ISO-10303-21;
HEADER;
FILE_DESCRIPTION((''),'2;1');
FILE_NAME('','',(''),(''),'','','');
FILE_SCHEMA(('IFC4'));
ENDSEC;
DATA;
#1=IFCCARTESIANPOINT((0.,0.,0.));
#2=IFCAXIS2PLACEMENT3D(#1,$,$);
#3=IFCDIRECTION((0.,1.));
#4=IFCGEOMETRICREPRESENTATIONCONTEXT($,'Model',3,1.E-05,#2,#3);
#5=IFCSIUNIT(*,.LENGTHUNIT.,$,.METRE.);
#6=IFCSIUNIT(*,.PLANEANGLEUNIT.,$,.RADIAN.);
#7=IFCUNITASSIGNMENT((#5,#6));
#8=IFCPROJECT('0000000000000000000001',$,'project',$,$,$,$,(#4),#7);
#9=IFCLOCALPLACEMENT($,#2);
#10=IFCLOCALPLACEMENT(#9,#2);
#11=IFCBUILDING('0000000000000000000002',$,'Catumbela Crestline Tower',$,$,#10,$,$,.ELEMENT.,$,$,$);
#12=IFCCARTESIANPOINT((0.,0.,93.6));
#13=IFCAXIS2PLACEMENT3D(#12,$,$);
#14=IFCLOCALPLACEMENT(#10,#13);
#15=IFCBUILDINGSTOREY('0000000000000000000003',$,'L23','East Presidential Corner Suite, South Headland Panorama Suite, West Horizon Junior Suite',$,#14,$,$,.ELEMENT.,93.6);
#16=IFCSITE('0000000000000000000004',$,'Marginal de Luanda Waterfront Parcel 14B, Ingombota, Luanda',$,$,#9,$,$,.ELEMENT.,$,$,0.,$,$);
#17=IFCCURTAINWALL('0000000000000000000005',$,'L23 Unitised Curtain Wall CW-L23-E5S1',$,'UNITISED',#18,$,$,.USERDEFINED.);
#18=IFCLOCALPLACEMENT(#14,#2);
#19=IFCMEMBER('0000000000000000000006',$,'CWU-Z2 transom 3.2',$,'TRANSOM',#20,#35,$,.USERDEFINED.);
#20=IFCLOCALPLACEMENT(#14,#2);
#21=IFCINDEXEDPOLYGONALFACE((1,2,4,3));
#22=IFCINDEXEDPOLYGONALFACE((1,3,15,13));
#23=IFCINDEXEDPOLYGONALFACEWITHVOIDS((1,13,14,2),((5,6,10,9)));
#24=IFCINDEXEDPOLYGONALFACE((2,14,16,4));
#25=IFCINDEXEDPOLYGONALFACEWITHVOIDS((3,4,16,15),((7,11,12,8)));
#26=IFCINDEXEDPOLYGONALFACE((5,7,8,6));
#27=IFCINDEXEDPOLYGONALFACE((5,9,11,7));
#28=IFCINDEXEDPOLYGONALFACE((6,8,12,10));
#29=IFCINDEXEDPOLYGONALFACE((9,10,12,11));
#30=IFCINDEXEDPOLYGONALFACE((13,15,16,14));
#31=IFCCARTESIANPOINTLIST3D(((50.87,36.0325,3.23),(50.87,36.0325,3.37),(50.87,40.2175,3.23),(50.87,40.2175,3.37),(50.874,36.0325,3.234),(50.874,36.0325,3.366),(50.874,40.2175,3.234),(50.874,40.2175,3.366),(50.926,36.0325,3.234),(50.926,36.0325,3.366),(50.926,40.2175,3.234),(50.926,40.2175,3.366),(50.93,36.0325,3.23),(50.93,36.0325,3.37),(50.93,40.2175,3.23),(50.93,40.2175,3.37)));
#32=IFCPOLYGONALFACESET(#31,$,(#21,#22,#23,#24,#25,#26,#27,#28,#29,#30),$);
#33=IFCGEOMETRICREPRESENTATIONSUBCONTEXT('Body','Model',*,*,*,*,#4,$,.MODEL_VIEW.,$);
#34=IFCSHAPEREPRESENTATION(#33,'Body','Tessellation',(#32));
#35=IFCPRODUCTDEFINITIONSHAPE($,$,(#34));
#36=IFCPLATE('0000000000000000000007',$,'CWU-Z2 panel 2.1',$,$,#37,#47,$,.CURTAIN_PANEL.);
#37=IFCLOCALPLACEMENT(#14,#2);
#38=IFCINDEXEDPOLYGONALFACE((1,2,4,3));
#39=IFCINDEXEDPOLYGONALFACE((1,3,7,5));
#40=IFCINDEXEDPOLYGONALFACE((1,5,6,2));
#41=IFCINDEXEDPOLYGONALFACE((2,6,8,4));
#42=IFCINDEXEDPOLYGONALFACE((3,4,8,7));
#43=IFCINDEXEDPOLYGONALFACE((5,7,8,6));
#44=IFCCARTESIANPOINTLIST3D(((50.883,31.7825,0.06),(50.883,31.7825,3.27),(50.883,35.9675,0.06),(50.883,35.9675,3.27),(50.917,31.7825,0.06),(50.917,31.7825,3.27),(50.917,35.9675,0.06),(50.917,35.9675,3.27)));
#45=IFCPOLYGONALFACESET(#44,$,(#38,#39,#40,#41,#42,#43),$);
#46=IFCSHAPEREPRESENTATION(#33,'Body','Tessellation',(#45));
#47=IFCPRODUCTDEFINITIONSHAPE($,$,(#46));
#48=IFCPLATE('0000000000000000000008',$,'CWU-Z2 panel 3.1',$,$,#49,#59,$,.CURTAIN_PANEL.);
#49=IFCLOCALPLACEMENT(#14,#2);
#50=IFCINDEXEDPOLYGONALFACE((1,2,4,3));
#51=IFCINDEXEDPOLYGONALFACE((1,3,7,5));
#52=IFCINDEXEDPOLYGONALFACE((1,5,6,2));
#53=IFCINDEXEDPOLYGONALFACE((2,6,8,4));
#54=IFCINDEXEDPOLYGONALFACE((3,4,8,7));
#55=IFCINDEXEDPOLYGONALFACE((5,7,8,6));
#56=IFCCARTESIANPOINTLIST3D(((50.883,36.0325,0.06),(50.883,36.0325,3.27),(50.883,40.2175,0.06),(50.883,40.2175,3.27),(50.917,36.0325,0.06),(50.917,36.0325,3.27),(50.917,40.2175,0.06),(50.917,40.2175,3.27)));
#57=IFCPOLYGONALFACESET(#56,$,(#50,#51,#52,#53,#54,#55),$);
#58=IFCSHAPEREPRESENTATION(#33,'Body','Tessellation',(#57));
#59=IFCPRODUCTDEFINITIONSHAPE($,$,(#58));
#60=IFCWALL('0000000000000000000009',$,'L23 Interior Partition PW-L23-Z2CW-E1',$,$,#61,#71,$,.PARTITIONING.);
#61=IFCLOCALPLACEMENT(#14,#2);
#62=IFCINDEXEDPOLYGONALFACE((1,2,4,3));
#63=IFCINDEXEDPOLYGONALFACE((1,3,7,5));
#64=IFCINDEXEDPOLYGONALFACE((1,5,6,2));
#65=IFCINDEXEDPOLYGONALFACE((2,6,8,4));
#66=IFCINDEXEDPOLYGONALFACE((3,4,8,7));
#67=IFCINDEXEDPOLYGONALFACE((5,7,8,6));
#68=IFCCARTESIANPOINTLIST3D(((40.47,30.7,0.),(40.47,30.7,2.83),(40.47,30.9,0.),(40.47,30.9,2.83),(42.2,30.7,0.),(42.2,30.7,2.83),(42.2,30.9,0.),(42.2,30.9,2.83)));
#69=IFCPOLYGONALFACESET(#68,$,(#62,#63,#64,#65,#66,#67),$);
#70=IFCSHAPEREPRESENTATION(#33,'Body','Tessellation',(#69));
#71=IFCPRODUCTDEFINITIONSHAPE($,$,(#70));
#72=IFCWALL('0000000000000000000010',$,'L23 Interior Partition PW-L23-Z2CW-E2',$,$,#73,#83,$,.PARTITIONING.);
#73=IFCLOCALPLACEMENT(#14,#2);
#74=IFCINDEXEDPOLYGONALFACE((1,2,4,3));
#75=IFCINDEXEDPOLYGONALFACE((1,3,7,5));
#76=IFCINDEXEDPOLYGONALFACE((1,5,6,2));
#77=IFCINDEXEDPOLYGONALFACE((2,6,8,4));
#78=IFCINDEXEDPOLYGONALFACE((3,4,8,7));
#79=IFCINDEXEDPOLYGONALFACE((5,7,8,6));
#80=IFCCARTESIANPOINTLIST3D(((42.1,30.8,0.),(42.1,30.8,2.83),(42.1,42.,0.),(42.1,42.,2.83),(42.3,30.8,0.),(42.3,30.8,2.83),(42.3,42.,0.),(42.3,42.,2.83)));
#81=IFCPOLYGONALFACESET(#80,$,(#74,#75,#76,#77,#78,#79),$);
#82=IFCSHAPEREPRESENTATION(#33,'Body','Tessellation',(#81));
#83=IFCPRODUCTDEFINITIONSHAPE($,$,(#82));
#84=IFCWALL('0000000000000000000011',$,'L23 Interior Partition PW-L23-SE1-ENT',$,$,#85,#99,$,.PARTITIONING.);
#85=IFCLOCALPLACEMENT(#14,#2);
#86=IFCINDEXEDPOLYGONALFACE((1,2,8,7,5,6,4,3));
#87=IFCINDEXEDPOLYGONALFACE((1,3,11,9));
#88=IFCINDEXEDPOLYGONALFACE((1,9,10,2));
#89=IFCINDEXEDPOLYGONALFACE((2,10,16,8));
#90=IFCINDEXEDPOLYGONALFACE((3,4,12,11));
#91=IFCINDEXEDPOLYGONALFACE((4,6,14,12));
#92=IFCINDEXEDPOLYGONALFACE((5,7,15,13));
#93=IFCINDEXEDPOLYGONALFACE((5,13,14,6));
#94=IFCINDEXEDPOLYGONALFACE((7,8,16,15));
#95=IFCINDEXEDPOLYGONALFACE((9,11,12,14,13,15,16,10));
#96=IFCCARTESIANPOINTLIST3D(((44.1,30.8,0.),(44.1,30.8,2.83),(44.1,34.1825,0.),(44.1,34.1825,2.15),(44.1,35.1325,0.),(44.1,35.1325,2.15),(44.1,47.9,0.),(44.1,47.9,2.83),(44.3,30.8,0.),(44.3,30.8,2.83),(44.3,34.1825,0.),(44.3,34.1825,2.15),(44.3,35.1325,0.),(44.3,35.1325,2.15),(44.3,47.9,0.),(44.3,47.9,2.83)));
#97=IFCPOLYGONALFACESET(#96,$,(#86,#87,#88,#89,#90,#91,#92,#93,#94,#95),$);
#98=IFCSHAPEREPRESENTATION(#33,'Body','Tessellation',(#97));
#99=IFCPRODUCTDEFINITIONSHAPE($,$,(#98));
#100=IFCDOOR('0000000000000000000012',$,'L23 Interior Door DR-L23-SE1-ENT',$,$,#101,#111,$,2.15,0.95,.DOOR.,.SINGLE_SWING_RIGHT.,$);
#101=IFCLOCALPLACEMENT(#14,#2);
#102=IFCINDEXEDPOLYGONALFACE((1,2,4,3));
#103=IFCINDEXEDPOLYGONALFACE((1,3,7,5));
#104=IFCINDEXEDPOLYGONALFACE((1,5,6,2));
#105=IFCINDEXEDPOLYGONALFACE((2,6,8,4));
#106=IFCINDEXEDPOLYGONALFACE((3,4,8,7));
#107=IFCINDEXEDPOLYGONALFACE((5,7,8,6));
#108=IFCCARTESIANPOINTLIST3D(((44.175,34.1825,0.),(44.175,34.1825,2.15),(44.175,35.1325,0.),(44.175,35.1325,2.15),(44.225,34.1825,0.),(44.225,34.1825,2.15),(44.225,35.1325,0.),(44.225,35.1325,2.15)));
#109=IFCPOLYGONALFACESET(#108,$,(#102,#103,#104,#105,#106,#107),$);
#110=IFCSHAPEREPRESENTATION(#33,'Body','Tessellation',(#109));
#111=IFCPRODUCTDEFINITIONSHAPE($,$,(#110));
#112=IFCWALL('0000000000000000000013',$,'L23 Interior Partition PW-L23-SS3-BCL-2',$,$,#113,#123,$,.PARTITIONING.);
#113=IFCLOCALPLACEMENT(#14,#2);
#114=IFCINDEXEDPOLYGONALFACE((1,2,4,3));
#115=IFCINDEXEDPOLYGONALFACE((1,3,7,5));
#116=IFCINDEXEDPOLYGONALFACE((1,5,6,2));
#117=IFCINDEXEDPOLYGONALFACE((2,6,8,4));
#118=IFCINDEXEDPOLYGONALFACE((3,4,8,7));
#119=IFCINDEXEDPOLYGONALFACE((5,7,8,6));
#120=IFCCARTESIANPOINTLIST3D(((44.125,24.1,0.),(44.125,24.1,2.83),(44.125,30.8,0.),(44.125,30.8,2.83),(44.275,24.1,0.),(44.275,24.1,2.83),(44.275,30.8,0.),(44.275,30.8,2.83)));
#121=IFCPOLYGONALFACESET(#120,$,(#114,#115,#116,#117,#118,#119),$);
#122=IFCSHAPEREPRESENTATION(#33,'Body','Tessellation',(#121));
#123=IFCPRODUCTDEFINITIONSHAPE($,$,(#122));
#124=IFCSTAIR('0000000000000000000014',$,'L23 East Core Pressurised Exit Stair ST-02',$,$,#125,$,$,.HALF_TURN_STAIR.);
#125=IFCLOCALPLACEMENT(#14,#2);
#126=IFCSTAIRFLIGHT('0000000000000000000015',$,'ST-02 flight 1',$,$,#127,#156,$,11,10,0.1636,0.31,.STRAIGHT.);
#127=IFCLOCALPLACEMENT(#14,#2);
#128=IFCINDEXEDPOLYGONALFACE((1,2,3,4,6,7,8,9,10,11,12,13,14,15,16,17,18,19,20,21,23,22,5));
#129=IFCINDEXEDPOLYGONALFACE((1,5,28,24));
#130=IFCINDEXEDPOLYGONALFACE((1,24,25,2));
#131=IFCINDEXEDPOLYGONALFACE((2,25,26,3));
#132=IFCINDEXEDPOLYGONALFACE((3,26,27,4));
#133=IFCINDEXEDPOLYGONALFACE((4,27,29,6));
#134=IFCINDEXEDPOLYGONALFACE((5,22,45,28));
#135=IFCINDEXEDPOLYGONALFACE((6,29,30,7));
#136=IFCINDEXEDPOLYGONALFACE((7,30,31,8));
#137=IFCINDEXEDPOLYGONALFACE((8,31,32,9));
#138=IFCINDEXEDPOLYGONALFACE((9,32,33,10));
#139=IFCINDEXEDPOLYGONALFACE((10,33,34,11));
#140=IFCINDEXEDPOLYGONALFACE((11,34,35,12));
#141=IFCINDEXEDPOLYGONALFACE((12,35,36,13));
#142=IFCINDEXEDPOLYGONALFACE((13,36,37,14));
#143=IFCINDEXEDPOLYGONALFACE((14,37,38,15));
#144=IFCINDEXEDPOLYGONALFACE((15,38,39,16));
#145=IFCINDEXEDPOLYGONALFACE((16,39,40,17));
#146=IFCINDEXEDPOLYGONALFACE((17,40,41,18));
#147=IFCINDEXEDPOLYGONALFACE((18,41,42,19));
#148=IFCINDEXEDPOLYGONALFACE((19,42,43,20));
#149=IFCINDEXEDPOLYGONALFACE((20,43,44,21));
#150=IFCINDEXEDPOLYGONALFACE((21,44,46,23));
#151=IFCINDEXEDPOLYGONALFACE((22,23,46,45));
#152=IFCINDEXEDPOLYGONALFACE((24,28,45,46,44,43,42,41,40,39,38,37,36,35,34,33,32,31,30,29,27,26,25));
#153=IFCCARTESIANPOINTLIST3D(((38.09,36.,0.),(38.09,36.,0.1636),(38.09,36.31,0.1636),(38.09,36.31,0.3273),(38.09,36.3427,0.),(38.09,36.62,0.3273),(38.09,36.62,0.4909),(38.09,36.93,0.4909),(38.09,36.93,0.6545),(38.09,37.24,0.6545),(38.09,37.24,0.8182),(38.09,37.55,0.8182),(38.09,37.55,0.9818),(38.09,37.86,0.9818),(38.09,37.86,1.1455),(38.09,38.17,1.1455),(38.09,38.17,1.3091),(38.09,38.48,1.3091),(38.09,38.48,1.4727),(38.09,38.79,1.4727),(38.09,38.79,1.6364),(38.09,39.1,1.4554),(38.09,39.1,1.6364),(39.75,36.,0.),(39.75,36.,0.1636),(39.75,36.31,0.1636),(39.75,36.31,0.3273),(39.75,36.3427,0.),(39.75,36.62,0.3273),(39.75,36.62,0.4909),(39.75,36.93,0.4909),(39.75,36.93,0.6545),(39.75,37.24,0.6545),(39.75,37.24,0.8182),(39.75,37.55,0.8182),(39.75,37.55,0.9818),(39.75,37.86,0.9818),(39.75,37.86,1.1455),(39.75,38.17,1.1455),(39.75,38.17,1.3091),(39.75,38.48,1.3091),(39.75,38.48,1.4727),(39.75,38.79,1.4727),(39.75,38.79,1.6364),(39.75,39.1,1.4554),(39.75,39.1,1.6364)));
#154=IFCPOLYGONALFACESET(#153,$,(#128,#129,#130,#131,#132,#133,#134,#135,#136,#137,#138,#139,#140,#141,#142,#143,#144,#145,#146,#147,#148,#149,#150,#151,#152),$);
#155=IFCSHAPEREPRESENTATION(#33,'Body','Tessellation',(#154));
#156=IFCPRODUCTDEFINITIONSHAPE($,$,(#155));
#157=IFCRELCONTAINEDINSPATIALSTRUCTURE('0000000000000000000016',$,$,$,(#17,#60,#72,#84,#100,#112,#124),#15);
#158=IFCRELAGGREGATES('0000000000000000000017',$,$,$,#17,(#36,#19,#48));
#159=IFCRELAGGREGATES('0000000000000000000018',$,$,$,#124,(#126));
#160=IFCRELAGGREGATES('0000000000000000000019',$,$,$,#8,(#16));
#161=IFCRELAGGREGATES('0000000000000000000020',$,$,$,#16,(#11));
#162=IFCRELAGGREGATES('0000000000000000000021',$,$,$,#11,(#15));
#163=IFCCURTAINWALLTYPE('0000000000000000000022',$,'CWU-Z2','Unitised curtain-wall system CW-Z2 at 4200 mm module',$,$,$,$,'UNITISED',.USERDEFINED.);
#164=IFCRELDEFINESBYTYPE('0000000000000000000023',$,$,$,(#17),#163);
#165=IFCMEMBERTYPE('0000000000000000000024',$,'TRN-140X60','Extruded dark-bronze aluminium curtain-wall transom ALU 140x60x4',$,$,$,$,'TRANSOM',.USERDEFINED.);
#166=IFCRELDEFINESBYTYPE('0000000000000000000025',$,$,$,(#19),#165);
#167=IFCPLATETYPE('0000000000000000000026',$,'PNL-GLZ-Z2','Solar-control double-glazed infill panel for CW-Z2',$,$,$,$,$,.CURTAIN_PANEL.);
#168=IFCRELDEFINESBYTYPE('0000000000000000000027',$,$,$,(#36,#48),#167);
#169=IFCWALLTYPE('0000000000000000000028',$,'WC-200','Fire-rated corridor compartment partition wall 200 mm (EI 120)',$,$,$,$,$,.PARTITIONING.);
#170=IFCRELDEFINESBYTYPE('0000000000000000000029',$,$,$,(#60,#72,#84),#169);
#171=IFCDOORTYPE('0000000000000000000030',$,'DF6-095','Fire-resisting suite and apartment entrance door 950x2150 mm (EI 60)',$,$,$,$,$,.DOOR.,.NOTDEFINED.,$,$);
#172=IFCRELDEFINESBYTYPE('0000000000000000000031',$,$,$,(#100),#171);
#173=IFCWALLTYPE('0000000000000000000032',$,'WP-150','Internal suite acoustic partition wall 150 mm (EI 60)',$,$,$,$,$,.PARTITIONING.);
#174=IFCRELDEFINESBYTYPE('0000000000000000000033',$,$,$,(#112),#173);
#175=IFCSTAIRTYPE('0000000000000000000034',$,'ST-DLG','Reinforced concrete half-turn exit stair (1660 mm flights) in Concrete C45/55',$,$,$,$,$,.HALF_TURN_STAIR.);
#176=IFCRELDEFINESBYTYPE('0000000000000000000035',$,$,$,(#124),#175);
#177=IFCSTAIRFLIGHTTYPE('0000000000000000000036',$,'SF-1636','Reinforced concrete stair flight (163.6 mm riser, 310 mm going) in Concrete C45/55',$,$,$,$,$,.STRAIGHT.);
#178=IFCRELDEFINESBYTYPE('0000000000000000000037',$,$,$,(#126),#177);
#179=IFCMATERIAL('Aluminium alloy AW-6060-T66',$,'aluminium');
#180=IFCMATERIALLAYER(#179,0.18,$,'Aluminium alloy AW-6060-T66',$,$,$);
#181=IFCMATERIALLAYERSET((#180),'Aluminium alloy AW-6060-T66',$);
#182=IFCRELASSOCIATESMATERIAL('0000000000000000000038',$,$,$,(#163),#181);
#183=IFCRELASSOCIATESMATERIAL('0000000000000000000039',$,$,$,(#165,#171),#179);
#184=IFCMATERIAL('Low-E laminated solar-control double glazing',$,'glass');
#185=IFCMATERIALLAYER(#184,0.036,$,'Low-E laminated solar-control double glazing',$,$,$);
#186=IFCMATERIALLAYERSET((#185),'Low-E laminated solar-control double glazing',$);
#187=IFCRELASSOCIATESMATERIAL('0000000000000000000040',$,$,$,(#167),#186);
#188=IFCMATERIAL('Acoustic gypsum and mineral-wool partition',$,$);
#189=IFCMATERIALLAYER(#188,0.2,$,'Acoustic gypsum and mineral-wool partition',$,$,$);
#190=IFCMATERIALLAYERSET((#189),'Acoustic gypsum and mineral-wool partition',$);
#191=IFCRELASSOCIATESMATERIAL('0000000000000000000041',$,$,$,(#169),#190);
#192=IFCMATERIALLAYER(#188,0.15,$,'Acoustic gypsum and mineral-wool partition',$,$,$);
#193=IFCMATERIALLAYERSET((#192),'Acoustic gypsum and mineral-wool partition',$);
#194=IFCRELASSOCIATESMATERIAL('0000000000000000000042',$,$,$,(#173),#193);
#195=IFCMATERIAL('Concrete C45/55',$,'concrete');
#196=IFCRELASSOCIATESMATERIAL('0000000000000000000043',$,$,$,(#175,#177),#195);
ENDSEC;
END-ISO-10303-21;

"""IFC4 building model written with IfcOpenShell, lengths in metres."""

from ifc_helpers import new_model, si_unit, direction, frame, frame_2d, origin, origin_2d, place, context, subcontext, project, spatial, polyline, rectangle, hollow_rectangle, outline, extrude, material, layer, layer_set, material_profile, profile_set, type_object, element, fill, aggregate, save


model = new_model("IFC4")

# Units and contexts
model_context = context("Model", 3, precision=1e-05, world=origin(), true_north=direction((0.0, 1.0)))
body_context = subcontext(model_context, "Body", "Model", "MODEL_VIEW")
ifc_project = project(units=[si_unit("LENGTHUNIT", "METRE"), si_unit("PLANEANGLEUNIT", "RADIAN")], contexts=[model_context])

# Site, building, storey
site_placement = place(None, origin())
site = spatial("IfcSite", under=ifc_project, at=site_placement, Name="Marginal de Luanda Waterfront Parcel 14B, Ingombota, Luanda", CompositionType="ELEMENT", RefElevation=0.0)
building_placement = place(site_placement, origin())
building = spatial("IfcBuilding", under=site, at=building_placement, Name="Catumbela Crestline Tower", CompositionType="ELEMENT")
storey_placement = place(building_placement, frame((0.0, 0.0, 93.6)))
storey = spatial("IfcBuildingStorey", under=building, at=storey_placement, Name="L23", Description="East Presidential Corner Suite, South Headland Panorama Suite, West Horizon Junior Suite", CompositionType="ELEMENT", Elevation=93.6)

# Curtain wall
ifc_material_1 = material(Name="Aluminium alloy AW-6060-T66", Category="aluminium")
ifc_layer_1 = layer(ifc_material_1, 0.18, Name="Aluminium alloy AW-6060-T66")
ifc_layer_set_1 = layer_set([ifc_layer_1], Name="Aluminium alloy AW-6060-T66")
curtain_wall_type = type_object("IfcCurtainWallType", Name="CWU-Z2", Description="Unitised curtain-wall system CW-Z2 at 4200 mm module", ElementType="UNITISED", PredefinedType="USERDEFINED", material=ifc_layer_set_1)
curtain_wall_placement = place(storey_placement, origin())
curtain_wall = element("IfcCurtainWall", 1, at=curtain_wall_placement, inside=storey, type_object=curtain_wall_type, Name="L23 Unitised Curtain Wall CW-L23-E5S1", ObjectType="UNITISED", PredefinedType="USERDEFINED")

# Member
ifc_material_profile_1 = material_profile(ifc_material_1, hollow_rectangle(XDim=0.06, YDim=0.14, WallThickness=0.004, at=origin_2d()), Name="ALU 140x60x4")
ifc_profile_set_1 = profile_set([ifc_material_profile_1], Name="Aluminium alloy AW-6060-T66")
member_type_1 = type_object("IfcMemberType", Name="TRN-140X60", Description="Extruded dark-bronze aluminium curtain-wall transom ALU 140x60x4", ElementType="TRANSOM", PredefinedType="USERDEFINED", material=ifc_profile_set_1)
member_1_placement = place(storey_placement, frame((50.9, 36.0325, 3.3), z_axis=(0.0, 1.0, 0.0), x_axis=(-1.0, 0.0, 0.0)))
member_1 = element("IfcMember", 2, at=member_1_placement, type_object=member_type_1, Name="CWU-Z2 transom 3.2", ObjectType="TRANSOM", PredefinedType="USERDEFINED", context=body_context, shape_type="SweptSolid", body=[
    extrude(hollow_rectangle(XDim=0.06, YDim=0.14, WallThickness=0.004, at=origin_2d()), origin(), (0.0, 0.0, 1.0), 4.185),
])

# Plates
ifc_material_2 = material(Name="Low-E laminated solar-control double glazing", Category="glass")
ifc_layer_2 = layer(ifc_material_2, 0.036, Name="Low-E laminated solar-control double glazing")
ifc_layer_set_2 = layer_set([ifc_layer_2], Name="Low-E laminated solar-control double glazing")
plate_type = type_object("IfcPlateType", Name="PNL-GLZ-Z2", Description="Solar-control double-glazed infill panel for CW-Z2", PredefinedType="CURTAIN_PANEL", material=ifc_layer_set_2)
plate_1_placement = place(storey_placement, frame((50.9, 33.875, 0.06), z_axis=(0.0, 0.0, 1.0), x_axis=(0.0, 1.0, 0.0)))
plate_1 = element("IfcPlate", 3, at=plate_1_placement, type_object=plate_type, Name="CWU-Z2 panel 2.1", PredefinedType="CURTAIN_PANEL", context=body_context, shape_type="SweptSolid", body=[
    extrude(rectangle(XDim=4.185, YDim=0.034, at=origin_2d()), origin(), (0.0, 0.0, 1.0), 3.21),
])
plate_2_placement = place(storey_placement, frame((50.9, 38.125, 0.06), z_axis=(0.0, 0.0, 1.0), x_axis=(0.0, 1.0, 0.0)))
plate_2 = element("IfcPlate", 4, at=plate_2_placement, type_object=plate_type, Name="CWU-Z2 panel 3.1", PredefinedType="CURTAIN_PANEL", context=body_context, shape_type="SweptSolid", body=[
    extrude(rectangle(XDim=4.185, YDim=0.034, at=origin_2d()), origin(), (0.0, 0.0, 1.0), 3.21),
])
aggregate(curtain_wall, [plate_1, member_1, plate_2])

# Walls
ifc_material_3 = material(Name="Acoustic gypsum and mineral-wool partition")
ifc_layer_3 = layer(ifc_material_3, 0.2, Name="Acoustic gypsum and mineral-wool partition")
ifc_layer_set_3 = layer_set([ifc_layer_3], Name="Acoustic gypsum and mineral-wool partition")
wall_type_1 = type_object("IfcWallType", Name="WC-200", Description="Fire-rated corridor compartment partition wall 200 mm (EI 120)", PredefinedType="PARTITIONING", material=ifc_layer_set_3)
wall_1_placement = place(storey_placement, frame((40.47, 30.8, 0.0), z_axis=(0.0, 0.0, 1.0), x_axis=(1.0, 0.0, 0.0)))
element("IfcWall", 5, at=wall_1_placement, inside=storey, type_object=wall_type_1, Name="L23 Interior Partition PW-L23-Z2CW-E1", PredefinedType="PARTITIONING", context=body_context, shape_type="SweptSolid", body=[
    extrude(rectangle(XDim=1.73, YDim=0.2, at=frame_2d((0.865, 0.0))), origin(), (0.0, 0.0, 1.0), 2.83),
])
wall_2_placement = place(storey_placement, frame((42.2, 30.8, 0.0), z_axis=(0.0, 0.0, 1.0), x_axis=(0.0, 1.0, 0.0)))
element("IfcWall", 6, at=wall_2_placement, inside=storey, type_object=wall_type_1, Name="L23 Interior Partition PW-L23-Z2CW-E2", PredefinedType="PARTITIONING", context=body_context, shape_type="SweptSolid", body=[
    extrude(rectangle(XDim=11.2, YDim=0.2, at=frame_2d((5.6, 0.0))), origin(), (0.0, 0.0, 1.0), 2.83),
])

# Wall, opening, door
wall_3_placement = place(storey_placement, frame((44.2, 30.8, 0.0), z_axis=(0.0, 0.0, 1.0), x_axis=(0.0, 1.0, 0.0)))
wall_3 = element("IfcWall", 7, at=wall_3_placement, inside=storey, type_object=wall_type_1, Name="L23 Interior Partition PW-L23-SE1-ENT", PredefinedType="PARTITIONING", context=body_context, shape_type="SweptSolid", body=[
    extrude(rectangle(XDim=17.1, YDim=0.2, at=frame_2d((8.55, 0.0))), origin(), (0.0, 0.0, 1.0), 2.83),
])
opening_placement = place(wall_3_placement, frame((3.3825, 0.0, 0.0)))
opening = element("IfcOpeningElement", 8, at=opening_placement, cuts=wall_3, PredefinedType="OPENING", context=body_context, shape_type="SweptSolid", body=[
    extrude(rectangle(XDim=0.95, YDim=2.15, at=frame_2d((0.475, 1.075))), frame((0.0, 0.11, 0.0), z_axis=(0.0, -1.0, 0.0), x_axis=(1.0, 0.0, 0.0)), (0.0, 0.0, 1.0), 0.22),
])
door_type = type_object("IfcDoorType", Name="DF6-095", Description="Fire-resisting suite and apartment entrance door 950x2150 mm (EI 60)", OperationType="NOTDEFINED", PredefinedType="DOOR", material=ifc_material_1)
door_placement = place(opening_placement, origin())
door = element("IfcDoor", 9, at=door_placement, inside=storey, type_object=door_type, Name="L23 Interior Door DR-L23-SE1-ENT", OperationType="SINGLE_SWING_RIGHT", OverallHeight=2.15, OverallWidth=0.95, PredefinedType="DOOR", context=body_context, shape_type="SweptSolid", body=[
    extrude(rectangle(XDim=0.95, YDim=2.15, at=frame_2d((0.475, 1.075))), frame((0.0, 0.025, 0.0), z_axis=(0.0, -1.0, 0.0), x_axis=(1.0, 0.0, 0.0)), (0.0, 0.0, 1.0), 0.05),
])
fill(opening, door)

# Wall
ifc_layer_4 = layer(ifc_material_3, 0.15, Name="Acoustic gypsum and mineral-wool partition")
ifc_layer_set_4 = layer_set([ifc_layer_4], Name="Acoustic gypsum and mineral-wool partition")
wall_type_2 = type_object("IfcWallType", Name="WP-150", Description="Internal suite acoustic partition wall 150 mm (EI 60)", PredefinedType="PARTITIONING", material=ifc_layer_set_4)
wall_4_placement = place(storey_placement, frame((44.2, 30.8, 0.0), z_axis=(0.0, 0.0, 1.0), x_axis=(0.0, -1.0, 0.0)))
element("IfcWall", 10, at=wall_4_placement, inside=storey, type_object=wall_type_2, Name="L23 Interior Partition PW-L23-SS3-BCL-2", PredefinedType="PARTITIONING", context=body_context, shape_type="SweptSolid", body=[
    extrude(rectangle(XDim=6.7, YDim=0.15, at=frame_2d((3.35, 0.0))), origin(), (0.0, 0.0, 1.0), 2.83),
])

# Stair, stair flight
ifc_material_4 = material(Name="Concrete C45/55", Category="concrete")
stair_type = type_object("IfcStairType", Name="ST-DLG", Description="Reinforced concrete half-turn exit stair (1660 mm flights) in Concrete C45/55", PredefinedType="HALF_TURN_STAIR", material=ifc_material_4)
stair_placement = place(storey_placement, origin())
stair = element("IfcStair", 11, at=stair_placement, inside=storey, type_object=stair_type, Name="L23 East Core Pressurised Exit Stair ST-02", PredefinedType="HALF_TURN_STAIR")
stair_flight_type = type_object("IfcStairFlightType", Name="SF-1636", Description="Reinforced concrete stair flight (163.6 mm riser, 310 mm going) in Concrete C45/55", PredefinedType="STRAIGHT", material=ifc_material_4)
stair_flight_placement = place(storey_placement, frame((38.92, 36.0, 0.0), z_axis=(0.0, 0.0, 1.0), x_axis=(0.0, 1.0, 0.0)))
stair_flight = element("IfcStairFlight", 12, at=stair_flight_placement, type_object=stair_flight_type, Name="ST-02 flight 1", NumberOfRisers=11, NumberOfTreads=10, PredefinedType="STRAIGHT", RiserHeight=0.1636, TreadLength=0.31, context=body_context, shape_type="SweptSolid", body=[
    extrude(outline(polyline([(0.0, 0.0), (0.0, 0.1636), (0.31, 0.1636), (0.31, 0.3273), (0.62, 0.3273), (0.62, 0.4909), (0.93, 0.4909), (0.93, 0.6545), (1.24, 0.6545), (1.24, 0.8182), (1.55, 0.8182), (1.55, 0.9818), (1.86, 0.9818), (1.86, 1.1455), (2.17, 1.1455), (2.17, 1.3091), (2.48, 1.3091), (2.48, 1.4727), (2.79, 1.4727), (2.79, 1.6364), (3.1, 1.6364), (3.1, 1.8), (3.1, 1.4554), (0.3427, 0.0), (0.0, 0.0)])), frame((0.0, 0.83, 0.0), z_axis=(0.0, -1.0, 0.0), x_axis=(1.0, 0.0, 0.0)), (0.0, 0.0, 1.0), 1.66),
])
aggregate(stair, [stair_flight])

save(model, "model.ifc")
